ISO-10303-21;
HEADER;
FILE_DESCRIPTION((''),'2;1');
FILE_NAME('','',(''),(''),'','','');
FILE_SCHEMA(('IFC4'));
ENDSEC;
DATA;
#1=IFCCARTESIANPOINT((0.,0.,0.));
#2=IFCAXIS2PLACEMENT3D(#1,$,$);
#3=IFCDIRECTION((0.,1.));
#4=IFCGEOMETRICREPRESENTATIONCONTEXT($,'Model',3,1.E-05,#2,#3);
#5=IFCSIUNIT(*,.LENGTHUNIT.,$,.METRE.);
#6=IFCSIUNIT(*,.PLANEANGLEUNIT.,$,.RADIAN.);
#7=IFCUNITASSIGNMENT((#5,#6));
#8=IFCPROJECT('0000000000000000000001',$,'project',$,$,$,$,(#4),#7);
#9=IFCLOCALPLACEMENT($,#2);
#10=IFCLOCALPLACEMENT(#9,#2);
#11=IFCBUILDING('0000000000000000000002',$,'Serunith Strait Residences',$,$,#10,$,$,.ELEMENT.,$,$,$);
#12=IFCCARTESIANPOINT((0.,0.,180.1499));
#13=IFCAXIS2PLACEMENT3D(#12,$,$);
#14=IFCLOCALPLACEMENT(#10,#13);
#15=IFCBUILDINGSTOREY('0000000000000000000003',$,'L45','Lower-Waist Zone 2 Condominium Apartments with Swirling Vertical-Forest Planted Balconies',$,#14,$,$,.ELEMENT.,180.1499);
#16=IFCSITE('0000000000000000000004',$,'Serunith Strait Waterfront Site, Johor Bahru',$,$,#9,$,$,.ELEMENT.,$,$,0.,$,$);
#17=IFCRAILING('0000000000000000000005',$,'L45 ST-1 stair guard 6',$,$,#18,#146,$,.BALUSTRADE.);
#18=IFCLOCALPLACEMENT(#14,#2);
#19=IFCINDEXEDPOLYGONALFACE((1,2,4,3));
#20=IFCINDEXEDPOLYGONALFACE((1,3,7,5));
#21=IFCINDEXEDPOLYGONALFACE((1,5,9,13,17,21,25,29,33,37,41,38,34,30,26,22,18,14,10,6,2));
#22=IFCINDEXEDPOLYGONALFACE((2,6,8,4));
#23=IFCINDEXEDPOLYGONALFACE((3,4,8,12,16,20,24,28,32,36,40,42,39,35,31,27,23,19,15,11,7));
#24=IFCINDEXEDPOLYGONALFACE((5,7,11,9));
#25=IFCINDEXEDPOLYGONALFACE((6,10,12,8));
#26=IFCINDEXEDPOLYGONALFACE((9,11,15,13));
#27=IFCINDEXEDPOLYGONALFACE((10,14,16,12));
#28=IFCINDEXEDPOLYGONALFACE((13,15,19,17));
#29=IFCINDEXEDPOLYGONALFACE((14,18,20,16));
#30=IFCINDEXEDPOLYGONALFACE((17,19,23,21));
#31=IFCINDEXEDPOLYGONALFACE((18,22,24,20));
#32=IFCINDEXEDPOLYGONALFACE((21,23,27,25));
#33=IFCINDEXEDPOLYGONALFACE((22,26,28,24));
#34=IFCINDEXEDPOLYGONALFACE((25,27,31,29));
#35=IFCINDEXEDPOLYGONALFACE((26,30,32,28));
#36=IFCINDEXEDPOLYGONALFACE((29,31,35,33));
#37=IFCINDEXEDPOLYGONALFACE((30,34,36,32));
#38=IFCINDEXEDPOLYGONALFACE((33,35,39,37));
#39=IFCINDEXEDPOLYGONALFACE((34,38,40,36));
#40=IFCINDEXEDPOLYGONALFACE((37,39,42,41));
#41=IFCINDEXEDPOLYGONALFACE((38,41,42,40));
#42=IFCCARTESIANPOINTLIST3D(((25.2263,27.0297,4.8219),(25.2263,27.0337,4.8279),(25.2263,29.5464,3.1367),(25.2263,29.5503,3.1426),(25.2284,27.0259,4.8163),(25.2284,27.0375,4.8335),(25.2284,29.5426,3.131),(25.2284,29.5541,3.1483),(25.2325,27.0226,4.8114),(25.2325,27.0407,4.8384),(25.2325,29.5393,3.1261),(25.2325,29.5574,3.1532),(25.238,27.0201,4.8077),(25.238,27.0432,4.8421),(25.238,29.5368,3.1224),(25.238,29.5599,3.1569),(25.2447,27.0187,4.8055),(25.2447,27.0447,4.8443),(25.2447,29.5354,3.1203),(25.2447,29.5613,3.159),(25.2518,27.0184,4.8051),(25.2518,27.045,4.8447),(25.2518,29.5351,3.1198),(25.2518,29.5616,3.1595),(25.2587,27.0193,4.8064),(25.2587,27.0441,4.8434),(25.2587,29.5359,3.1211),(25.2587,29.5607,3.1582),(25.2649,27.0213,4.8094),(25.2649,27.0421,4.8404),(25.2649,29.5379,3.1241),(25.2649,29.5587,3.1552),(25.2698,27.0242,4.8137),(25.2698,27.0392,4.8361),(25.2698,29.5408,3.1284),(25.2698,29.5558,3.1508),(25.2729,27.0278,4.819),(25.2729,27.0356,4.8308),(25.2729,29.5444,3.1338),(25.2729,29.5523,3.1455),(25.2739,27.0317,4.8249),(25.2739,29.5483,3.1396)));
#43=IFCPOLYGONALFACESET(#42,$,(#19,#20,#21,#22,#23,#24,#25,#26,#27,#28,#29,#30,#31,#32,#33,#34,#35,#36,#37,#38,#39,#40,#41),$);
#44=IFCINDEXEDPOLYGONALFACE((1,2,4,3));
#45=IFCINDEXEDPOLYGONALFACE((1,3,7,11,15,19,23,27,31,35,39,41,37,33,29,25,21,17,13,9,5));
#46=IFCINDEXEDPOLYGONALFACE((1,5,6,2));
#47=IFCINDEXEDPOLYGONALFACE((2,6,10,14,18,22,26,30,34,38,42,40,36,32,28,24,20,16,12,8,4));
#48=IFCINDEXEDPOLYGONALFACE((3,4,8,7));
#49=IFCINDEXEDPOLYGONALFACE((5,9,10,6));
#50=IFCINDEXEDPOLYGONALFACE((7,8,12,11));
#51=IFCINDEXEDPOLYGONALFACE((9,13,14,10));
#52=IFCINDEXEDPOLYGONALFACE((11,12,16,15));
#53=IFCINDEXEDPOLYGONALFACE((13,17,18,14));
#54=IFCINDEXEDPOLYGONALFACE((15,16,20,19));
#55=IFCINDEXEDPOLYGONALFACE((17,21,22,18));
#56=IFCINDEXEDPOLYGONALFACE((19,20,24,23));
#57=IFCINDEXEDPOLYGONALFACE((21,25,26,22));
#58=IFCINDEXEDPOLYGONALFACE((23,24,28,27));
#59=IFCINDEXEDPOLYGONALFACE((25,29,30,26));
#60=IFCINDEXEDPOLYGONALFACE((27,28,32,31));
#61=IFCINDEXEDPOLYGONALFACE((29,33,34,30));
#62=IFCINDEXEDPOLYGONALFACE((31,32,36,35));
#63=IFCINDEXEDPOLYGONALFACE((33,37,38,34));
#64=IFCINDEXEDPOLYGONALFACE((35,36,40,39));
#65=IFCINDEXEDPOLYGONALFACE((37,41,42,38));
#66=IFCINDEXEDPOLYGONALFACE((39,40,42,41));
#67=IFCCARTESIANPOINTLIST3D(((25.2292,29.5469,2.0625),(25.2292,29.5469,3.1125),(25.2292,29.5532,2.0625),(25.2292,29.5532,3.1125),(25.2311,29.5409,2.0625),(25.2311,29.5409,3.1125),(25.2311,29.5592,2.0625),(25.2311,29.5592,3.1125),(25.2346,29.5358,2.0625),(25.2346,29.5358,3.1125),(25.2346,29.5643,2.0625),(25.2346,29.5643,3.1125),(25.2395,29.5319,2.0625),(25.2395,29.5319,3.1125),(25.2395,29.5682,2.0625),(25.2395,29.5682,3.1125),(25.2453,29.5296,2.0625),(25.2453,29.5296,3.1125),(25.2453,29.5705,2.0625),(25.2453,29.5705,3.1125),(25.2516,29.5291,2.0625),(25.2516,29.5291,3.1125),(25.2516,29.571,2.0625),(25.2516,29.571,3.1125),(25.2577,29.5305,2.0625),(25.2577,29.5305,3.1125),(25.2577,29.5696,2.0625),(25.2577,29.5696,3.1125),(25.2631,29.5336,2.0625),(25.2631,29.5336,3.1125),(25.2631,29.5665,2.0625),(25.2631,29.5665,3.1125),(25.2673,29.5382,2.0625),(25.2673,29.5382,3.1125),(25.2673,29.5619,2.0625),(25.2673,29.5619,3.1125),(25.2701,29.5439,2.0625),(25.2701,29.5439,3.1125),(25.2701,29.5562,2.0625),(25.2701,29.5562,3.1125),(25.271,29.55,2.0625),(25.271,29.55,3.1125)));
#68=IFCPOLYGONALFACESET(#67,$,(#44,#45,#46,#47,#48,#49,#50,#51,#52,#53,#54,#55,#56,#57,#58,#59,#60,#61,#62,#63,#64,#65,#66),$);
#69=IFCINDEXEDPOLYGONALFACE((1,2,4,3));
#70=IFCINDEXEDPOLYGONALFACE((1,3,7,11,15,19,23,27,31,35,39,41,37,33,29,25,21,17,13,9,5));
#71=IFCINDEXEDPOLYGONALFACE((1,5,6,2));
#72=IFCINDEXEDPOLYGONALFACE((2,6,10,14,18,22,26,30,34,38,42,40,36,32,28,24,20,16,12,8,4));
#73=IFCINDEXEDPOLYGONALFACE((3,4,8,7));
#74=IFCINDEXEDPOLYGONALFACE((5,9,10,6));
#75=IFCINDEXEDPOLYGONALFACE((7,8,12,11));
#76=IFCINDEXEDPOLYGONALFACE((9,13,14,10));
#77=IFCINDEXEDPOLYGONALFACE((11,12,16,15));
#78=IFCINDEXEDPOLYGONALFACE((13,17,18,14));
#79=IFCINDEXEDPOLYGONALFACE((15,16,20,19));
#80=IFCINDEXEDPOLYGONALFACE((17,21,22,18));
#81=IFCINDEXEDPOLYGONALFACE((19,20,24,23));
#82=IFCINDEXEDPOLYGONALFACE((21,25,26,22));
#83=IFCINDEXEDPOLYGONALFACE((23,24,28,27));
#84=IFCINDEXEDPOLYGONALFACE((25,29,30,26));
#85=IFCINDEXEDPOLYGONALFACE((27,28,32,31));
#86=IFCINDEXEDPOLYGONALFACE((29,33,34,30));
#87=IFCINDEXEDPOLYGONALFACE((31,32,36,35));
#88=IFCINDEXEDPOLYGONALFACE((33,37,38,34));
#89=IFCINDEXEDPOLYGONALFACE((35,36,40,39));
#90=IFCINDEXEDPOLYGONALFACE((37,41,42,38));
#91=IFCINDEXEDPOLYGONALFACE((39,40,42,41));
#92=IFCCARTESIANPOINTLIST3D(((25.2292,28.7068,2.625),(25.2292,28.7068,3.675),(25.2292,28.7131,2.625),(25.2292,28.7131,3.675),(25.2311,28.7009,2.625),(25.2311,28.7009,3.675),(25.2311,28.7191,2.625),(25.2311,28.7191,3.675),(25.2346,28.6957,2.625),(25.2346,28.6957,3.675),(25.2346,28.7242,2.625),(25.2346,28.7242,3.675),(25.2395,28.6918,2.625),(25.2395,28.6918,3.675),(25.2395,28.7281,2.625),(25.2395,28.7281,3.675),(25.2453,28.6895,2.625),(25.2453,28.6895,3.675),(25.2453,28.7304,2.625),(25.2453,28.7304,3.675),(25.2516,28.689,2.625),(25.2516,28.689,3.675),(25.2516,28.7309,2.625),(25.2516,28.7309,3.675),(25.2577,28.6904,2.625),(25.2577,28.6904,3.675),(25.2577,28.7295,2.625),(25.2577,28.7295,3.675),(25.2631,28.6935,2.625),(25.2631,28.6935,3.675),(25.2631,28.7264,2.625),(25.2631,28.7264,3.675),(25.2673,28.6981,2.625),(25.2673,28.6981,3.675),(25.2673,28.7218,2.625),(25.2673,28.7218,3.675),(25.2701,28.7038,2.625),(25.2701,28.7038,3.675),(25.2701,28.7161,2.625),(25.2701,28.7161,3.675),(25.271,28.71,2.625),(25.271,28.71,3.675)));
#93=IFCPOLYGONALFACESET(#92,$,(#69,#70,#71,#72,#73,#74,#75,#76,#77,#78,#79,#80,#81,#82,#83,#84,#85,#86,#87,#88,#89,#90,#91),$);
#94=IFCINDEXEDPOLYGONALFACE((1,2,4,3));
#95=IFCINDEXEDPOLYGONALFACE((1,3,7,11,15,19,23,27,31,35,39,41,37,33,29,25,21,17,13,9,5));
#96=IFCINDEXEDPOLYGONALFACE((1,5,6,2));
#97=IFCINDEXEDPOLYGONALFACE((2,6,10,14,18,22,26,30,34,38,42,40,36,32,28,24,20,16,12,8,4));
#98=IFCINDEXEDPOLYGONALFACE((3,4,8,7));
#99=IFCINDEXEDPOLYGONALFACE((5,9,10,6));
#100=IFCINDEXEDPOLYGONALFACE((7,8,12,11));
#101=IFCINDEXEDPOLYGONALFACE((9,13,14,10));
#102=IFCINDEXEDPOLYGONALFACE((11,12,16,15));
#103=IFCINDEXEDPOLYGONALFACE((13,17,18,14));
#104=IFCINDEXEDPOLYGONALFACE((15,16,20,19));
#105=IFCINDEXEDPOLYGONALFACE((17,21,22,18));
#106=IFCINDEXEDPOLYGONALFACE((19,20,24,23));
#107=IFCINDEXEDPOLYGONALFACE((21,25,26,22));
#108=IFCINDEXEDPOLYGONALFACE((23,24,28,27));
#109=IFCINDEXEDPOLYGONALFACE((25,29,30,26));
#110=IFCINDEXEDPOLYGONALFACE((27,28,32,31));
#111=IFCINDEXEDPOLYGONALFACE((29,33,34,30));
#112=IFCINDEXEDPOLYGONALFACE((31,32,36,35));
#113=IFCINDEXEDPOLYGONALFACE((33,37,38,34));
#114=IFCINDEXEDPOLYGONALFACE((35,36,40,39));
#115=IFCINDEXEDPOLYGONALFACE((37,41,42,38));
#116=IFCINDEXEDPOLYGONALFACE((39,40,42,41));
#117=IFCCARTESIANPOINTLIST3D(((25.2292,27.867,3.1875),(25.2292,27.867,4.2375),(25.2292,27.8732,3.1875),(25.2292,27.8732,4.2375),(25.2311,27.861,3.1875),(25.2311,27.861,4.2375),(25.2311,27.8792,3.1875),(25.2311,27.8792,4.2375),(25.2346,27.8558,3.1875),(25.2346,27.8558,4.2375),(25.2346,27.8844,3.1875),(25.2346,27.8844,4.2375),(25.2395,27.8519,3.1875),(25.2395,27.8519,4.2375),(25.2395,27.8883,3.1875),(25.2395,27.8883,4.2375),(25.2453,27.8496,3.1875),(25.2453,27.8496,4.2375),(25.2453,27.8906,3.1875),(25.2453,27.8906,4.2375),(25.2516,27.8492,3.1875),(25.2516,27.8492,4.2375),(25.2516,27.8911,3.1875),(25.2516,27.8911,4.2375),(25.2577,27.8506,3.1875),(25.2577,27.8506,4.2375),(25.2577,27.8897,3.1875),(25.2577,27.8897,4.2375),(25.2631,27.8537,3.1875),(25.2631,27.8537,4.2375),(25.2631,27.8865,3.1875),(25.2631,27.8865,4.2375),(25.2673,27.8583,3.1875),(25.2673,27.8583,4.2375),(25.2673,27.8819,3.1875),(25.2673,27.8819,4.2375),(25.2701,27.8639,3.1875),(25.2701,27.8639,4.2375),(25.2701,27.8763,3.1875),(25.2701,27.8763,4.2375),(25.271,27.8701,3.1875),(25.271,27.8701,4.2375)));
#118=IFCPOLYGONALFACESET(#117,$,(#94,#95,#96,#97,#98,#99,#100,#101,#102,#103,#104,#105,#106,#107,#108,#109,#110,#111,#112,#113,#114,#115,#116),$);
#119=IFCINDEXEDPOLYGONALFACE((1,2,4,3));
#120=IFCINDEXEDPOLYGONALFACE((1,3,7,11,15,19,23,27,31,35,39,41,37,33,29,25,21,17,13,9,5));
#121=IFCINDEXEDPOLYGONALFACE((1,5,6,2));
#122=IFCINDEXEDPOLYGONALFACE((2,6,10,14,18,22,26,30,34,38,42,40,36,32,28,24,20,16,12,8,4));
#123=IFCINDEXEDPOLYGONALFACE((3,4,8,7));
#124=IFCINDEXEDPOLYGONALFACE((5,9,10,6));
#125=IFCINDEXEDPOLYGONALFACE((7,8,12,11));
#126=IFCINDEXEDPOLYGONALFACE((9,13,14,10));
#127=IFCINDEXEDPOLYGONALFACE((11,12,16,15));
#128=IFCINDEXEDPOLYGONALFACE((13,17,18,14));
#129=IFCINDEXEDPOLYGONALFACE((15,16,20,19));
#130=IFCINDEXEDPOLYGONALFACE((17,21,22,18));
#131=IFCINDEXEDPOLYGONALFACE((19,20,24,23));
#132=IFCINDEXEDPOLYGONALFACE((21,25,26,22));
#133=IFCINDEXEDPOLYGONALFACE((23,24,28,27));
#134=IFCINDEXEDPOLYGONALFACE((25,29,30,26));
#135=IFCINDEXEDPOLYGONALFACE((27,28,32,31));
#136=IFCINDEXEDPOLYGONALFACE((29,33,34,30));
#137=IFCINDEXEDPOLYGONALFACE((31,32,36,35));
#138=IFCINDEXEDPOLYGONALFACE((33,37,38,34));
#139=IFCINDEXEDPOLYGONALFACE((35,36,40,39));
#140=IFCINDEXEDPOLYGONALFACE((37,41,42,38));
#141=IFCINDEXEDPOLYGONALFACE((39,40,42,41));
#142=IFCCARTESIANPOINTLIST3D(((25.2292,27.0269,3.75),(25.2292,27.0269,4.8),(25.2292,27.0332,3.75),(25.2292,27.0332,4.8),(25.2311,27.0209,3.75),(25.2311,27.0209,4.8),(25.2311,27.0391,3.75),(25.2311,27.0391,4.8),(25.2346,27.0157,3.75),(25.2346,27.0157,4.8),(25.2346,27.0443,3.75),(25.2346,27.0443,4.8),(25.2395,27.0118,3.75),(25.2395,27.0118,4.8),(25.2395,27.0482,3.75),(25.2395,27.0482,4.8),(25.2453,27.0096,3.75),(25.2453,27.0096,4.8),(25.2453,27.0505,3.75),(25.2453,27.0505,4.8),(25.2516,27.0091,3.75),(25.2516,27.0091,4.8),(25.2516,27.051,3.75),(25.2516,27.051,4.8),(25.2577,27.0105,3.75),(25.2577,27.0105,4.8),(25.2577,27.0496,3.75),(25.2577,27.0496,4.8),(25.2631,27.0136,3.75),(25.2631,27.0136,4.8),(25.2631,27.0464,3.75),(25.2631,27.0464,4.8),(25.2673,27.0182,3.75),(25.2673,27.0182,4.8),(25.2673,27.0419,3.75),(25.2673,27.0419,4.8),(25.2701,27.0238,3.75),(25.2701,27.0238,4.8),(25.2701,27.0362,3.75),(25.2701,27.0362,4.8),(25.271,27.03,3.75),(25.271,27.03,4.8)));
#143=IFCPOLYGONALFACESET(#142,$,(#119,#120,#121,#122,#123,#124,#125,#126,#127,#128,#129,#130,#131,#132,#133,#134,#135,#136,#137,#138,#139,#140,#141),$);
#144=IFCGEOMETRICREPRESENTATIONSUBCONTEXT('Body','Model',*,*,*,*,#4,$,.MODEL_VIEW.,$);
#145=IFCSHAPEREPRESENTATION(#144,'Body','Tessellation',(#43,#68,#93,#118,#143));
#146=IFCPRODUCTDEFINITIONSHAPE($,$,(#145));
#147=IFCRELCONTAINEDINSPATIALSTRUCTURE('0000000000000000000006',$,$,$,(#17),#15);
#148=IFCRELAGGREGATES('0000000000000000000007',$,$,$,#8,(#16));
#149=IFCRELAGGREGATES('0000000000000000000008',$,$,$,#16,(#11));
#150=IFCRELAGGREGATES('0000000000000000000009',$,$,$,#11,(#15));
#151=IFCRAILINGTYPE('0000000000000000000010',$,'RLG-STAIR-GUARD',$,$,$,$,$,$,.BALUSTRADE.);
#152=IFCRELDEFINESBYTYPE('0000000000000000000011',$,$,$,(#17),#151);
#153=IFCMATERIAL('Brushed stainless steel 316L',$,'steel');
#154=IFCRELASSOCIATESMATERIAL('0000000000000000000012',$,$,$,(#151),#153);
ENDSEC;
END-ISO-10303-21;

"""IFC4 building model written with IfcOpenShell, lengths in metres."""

from ifc_helpers import new_model, si_unit, direction, frame, origin, origin_2d, place, context, subcontext, project, spatial, circle, extrude, material, type_object, element, save


model = new_model("IFC4")

# Units and contexts
model_context = context("Model", 3, precision=1e-05, world=origin(), true_north=direction((0.0, 1.0)))
body_context = subcontext(model_context, "Body", "Model", "MODEL_VIEW")
ifc_project = project(units=[si_unit("LENGTHUNIT", "METRE"), si_unit("PLANEANGLEUNIT", "RADIAN")], contexts=[model_context])

# Site, building, storey
site_placement = place(None, origin())
site = spatial("IfcSite", under=ifc_project, at=site_placement, Name="Serunith Strait Waterfront Site, Johor Bahru", CompositionType="ELEMENT", RefElevation=0.0)
building_placement = place(site_placement, origin())
building = spatial("IfcBuilding", under=site, at=building_placement, Name="Serunith Strait Residences", CompositionType="ELEMENT")
storey_placement = place(building_placement, frame((0.0, 0.0, 180.1499)))
storey = spatial("IfcBuildingStorey", under=building, at=storey_placement, Name="L45", Description="Lower-Waist Zone 2 Condominium Apartments with Swirling Vertical-Forest Planted Balconies", CompositionType="ELEMENT", Elevation=180.1499)

# Railing
ifc_material_1 = material(Name="Brushed stainless steel 316L", Category="steel")
railing_type_1 = type_object("IfcRailingType", Name="RLG-STAIR-GUARD", PredefinedType="BALUSTRADE", material=ifc_material_1)
railing_1_placement = place(storey_placement, frame((25.25, 29.55, 2.0625)))
element("IfcRailing", 1, at=railing_1_placement, inside=storey, type_object=railing_type_1, Name="L45 ST-1 stair guard 6", PredefinedType="BALUSTRADE", context=body_context, shape_type="SweptSolid", body=[
    extrude(circle(Radius=0.0239, at=origin_2d()), frame((0.0, -0.0017, 1.0771), z_axis=(0.0, -0.830909, 0.556408), x_axis=(1.0, 0.0, 0.0)), (0.0, 0.0, 1.0), 3.0288),
    extrude(circle(Radius=0.021, at=origin_2d()), origin(), (0.0, 0.0, 1.0), 1.05),
    extrude(circle(Radius=0.021, at=origin_2d()), frame((0.0, -0.8401, 0.5625)), (0.0, 0.0, 1.0), 1.05),
    extrude(circle(Radius=0.021, at=origin_2d()), frame((0.0, -1.6799, 1.125)), (0.0, 0.0, 1.0), 1.05),
    extrude(circle(Radius=0.021, at=origin_2d()), frame((0.0, -2.52, 1.6875)), (0.0, 0.0, 1.0), 1.05),
])

save(model, "model.ifc")
